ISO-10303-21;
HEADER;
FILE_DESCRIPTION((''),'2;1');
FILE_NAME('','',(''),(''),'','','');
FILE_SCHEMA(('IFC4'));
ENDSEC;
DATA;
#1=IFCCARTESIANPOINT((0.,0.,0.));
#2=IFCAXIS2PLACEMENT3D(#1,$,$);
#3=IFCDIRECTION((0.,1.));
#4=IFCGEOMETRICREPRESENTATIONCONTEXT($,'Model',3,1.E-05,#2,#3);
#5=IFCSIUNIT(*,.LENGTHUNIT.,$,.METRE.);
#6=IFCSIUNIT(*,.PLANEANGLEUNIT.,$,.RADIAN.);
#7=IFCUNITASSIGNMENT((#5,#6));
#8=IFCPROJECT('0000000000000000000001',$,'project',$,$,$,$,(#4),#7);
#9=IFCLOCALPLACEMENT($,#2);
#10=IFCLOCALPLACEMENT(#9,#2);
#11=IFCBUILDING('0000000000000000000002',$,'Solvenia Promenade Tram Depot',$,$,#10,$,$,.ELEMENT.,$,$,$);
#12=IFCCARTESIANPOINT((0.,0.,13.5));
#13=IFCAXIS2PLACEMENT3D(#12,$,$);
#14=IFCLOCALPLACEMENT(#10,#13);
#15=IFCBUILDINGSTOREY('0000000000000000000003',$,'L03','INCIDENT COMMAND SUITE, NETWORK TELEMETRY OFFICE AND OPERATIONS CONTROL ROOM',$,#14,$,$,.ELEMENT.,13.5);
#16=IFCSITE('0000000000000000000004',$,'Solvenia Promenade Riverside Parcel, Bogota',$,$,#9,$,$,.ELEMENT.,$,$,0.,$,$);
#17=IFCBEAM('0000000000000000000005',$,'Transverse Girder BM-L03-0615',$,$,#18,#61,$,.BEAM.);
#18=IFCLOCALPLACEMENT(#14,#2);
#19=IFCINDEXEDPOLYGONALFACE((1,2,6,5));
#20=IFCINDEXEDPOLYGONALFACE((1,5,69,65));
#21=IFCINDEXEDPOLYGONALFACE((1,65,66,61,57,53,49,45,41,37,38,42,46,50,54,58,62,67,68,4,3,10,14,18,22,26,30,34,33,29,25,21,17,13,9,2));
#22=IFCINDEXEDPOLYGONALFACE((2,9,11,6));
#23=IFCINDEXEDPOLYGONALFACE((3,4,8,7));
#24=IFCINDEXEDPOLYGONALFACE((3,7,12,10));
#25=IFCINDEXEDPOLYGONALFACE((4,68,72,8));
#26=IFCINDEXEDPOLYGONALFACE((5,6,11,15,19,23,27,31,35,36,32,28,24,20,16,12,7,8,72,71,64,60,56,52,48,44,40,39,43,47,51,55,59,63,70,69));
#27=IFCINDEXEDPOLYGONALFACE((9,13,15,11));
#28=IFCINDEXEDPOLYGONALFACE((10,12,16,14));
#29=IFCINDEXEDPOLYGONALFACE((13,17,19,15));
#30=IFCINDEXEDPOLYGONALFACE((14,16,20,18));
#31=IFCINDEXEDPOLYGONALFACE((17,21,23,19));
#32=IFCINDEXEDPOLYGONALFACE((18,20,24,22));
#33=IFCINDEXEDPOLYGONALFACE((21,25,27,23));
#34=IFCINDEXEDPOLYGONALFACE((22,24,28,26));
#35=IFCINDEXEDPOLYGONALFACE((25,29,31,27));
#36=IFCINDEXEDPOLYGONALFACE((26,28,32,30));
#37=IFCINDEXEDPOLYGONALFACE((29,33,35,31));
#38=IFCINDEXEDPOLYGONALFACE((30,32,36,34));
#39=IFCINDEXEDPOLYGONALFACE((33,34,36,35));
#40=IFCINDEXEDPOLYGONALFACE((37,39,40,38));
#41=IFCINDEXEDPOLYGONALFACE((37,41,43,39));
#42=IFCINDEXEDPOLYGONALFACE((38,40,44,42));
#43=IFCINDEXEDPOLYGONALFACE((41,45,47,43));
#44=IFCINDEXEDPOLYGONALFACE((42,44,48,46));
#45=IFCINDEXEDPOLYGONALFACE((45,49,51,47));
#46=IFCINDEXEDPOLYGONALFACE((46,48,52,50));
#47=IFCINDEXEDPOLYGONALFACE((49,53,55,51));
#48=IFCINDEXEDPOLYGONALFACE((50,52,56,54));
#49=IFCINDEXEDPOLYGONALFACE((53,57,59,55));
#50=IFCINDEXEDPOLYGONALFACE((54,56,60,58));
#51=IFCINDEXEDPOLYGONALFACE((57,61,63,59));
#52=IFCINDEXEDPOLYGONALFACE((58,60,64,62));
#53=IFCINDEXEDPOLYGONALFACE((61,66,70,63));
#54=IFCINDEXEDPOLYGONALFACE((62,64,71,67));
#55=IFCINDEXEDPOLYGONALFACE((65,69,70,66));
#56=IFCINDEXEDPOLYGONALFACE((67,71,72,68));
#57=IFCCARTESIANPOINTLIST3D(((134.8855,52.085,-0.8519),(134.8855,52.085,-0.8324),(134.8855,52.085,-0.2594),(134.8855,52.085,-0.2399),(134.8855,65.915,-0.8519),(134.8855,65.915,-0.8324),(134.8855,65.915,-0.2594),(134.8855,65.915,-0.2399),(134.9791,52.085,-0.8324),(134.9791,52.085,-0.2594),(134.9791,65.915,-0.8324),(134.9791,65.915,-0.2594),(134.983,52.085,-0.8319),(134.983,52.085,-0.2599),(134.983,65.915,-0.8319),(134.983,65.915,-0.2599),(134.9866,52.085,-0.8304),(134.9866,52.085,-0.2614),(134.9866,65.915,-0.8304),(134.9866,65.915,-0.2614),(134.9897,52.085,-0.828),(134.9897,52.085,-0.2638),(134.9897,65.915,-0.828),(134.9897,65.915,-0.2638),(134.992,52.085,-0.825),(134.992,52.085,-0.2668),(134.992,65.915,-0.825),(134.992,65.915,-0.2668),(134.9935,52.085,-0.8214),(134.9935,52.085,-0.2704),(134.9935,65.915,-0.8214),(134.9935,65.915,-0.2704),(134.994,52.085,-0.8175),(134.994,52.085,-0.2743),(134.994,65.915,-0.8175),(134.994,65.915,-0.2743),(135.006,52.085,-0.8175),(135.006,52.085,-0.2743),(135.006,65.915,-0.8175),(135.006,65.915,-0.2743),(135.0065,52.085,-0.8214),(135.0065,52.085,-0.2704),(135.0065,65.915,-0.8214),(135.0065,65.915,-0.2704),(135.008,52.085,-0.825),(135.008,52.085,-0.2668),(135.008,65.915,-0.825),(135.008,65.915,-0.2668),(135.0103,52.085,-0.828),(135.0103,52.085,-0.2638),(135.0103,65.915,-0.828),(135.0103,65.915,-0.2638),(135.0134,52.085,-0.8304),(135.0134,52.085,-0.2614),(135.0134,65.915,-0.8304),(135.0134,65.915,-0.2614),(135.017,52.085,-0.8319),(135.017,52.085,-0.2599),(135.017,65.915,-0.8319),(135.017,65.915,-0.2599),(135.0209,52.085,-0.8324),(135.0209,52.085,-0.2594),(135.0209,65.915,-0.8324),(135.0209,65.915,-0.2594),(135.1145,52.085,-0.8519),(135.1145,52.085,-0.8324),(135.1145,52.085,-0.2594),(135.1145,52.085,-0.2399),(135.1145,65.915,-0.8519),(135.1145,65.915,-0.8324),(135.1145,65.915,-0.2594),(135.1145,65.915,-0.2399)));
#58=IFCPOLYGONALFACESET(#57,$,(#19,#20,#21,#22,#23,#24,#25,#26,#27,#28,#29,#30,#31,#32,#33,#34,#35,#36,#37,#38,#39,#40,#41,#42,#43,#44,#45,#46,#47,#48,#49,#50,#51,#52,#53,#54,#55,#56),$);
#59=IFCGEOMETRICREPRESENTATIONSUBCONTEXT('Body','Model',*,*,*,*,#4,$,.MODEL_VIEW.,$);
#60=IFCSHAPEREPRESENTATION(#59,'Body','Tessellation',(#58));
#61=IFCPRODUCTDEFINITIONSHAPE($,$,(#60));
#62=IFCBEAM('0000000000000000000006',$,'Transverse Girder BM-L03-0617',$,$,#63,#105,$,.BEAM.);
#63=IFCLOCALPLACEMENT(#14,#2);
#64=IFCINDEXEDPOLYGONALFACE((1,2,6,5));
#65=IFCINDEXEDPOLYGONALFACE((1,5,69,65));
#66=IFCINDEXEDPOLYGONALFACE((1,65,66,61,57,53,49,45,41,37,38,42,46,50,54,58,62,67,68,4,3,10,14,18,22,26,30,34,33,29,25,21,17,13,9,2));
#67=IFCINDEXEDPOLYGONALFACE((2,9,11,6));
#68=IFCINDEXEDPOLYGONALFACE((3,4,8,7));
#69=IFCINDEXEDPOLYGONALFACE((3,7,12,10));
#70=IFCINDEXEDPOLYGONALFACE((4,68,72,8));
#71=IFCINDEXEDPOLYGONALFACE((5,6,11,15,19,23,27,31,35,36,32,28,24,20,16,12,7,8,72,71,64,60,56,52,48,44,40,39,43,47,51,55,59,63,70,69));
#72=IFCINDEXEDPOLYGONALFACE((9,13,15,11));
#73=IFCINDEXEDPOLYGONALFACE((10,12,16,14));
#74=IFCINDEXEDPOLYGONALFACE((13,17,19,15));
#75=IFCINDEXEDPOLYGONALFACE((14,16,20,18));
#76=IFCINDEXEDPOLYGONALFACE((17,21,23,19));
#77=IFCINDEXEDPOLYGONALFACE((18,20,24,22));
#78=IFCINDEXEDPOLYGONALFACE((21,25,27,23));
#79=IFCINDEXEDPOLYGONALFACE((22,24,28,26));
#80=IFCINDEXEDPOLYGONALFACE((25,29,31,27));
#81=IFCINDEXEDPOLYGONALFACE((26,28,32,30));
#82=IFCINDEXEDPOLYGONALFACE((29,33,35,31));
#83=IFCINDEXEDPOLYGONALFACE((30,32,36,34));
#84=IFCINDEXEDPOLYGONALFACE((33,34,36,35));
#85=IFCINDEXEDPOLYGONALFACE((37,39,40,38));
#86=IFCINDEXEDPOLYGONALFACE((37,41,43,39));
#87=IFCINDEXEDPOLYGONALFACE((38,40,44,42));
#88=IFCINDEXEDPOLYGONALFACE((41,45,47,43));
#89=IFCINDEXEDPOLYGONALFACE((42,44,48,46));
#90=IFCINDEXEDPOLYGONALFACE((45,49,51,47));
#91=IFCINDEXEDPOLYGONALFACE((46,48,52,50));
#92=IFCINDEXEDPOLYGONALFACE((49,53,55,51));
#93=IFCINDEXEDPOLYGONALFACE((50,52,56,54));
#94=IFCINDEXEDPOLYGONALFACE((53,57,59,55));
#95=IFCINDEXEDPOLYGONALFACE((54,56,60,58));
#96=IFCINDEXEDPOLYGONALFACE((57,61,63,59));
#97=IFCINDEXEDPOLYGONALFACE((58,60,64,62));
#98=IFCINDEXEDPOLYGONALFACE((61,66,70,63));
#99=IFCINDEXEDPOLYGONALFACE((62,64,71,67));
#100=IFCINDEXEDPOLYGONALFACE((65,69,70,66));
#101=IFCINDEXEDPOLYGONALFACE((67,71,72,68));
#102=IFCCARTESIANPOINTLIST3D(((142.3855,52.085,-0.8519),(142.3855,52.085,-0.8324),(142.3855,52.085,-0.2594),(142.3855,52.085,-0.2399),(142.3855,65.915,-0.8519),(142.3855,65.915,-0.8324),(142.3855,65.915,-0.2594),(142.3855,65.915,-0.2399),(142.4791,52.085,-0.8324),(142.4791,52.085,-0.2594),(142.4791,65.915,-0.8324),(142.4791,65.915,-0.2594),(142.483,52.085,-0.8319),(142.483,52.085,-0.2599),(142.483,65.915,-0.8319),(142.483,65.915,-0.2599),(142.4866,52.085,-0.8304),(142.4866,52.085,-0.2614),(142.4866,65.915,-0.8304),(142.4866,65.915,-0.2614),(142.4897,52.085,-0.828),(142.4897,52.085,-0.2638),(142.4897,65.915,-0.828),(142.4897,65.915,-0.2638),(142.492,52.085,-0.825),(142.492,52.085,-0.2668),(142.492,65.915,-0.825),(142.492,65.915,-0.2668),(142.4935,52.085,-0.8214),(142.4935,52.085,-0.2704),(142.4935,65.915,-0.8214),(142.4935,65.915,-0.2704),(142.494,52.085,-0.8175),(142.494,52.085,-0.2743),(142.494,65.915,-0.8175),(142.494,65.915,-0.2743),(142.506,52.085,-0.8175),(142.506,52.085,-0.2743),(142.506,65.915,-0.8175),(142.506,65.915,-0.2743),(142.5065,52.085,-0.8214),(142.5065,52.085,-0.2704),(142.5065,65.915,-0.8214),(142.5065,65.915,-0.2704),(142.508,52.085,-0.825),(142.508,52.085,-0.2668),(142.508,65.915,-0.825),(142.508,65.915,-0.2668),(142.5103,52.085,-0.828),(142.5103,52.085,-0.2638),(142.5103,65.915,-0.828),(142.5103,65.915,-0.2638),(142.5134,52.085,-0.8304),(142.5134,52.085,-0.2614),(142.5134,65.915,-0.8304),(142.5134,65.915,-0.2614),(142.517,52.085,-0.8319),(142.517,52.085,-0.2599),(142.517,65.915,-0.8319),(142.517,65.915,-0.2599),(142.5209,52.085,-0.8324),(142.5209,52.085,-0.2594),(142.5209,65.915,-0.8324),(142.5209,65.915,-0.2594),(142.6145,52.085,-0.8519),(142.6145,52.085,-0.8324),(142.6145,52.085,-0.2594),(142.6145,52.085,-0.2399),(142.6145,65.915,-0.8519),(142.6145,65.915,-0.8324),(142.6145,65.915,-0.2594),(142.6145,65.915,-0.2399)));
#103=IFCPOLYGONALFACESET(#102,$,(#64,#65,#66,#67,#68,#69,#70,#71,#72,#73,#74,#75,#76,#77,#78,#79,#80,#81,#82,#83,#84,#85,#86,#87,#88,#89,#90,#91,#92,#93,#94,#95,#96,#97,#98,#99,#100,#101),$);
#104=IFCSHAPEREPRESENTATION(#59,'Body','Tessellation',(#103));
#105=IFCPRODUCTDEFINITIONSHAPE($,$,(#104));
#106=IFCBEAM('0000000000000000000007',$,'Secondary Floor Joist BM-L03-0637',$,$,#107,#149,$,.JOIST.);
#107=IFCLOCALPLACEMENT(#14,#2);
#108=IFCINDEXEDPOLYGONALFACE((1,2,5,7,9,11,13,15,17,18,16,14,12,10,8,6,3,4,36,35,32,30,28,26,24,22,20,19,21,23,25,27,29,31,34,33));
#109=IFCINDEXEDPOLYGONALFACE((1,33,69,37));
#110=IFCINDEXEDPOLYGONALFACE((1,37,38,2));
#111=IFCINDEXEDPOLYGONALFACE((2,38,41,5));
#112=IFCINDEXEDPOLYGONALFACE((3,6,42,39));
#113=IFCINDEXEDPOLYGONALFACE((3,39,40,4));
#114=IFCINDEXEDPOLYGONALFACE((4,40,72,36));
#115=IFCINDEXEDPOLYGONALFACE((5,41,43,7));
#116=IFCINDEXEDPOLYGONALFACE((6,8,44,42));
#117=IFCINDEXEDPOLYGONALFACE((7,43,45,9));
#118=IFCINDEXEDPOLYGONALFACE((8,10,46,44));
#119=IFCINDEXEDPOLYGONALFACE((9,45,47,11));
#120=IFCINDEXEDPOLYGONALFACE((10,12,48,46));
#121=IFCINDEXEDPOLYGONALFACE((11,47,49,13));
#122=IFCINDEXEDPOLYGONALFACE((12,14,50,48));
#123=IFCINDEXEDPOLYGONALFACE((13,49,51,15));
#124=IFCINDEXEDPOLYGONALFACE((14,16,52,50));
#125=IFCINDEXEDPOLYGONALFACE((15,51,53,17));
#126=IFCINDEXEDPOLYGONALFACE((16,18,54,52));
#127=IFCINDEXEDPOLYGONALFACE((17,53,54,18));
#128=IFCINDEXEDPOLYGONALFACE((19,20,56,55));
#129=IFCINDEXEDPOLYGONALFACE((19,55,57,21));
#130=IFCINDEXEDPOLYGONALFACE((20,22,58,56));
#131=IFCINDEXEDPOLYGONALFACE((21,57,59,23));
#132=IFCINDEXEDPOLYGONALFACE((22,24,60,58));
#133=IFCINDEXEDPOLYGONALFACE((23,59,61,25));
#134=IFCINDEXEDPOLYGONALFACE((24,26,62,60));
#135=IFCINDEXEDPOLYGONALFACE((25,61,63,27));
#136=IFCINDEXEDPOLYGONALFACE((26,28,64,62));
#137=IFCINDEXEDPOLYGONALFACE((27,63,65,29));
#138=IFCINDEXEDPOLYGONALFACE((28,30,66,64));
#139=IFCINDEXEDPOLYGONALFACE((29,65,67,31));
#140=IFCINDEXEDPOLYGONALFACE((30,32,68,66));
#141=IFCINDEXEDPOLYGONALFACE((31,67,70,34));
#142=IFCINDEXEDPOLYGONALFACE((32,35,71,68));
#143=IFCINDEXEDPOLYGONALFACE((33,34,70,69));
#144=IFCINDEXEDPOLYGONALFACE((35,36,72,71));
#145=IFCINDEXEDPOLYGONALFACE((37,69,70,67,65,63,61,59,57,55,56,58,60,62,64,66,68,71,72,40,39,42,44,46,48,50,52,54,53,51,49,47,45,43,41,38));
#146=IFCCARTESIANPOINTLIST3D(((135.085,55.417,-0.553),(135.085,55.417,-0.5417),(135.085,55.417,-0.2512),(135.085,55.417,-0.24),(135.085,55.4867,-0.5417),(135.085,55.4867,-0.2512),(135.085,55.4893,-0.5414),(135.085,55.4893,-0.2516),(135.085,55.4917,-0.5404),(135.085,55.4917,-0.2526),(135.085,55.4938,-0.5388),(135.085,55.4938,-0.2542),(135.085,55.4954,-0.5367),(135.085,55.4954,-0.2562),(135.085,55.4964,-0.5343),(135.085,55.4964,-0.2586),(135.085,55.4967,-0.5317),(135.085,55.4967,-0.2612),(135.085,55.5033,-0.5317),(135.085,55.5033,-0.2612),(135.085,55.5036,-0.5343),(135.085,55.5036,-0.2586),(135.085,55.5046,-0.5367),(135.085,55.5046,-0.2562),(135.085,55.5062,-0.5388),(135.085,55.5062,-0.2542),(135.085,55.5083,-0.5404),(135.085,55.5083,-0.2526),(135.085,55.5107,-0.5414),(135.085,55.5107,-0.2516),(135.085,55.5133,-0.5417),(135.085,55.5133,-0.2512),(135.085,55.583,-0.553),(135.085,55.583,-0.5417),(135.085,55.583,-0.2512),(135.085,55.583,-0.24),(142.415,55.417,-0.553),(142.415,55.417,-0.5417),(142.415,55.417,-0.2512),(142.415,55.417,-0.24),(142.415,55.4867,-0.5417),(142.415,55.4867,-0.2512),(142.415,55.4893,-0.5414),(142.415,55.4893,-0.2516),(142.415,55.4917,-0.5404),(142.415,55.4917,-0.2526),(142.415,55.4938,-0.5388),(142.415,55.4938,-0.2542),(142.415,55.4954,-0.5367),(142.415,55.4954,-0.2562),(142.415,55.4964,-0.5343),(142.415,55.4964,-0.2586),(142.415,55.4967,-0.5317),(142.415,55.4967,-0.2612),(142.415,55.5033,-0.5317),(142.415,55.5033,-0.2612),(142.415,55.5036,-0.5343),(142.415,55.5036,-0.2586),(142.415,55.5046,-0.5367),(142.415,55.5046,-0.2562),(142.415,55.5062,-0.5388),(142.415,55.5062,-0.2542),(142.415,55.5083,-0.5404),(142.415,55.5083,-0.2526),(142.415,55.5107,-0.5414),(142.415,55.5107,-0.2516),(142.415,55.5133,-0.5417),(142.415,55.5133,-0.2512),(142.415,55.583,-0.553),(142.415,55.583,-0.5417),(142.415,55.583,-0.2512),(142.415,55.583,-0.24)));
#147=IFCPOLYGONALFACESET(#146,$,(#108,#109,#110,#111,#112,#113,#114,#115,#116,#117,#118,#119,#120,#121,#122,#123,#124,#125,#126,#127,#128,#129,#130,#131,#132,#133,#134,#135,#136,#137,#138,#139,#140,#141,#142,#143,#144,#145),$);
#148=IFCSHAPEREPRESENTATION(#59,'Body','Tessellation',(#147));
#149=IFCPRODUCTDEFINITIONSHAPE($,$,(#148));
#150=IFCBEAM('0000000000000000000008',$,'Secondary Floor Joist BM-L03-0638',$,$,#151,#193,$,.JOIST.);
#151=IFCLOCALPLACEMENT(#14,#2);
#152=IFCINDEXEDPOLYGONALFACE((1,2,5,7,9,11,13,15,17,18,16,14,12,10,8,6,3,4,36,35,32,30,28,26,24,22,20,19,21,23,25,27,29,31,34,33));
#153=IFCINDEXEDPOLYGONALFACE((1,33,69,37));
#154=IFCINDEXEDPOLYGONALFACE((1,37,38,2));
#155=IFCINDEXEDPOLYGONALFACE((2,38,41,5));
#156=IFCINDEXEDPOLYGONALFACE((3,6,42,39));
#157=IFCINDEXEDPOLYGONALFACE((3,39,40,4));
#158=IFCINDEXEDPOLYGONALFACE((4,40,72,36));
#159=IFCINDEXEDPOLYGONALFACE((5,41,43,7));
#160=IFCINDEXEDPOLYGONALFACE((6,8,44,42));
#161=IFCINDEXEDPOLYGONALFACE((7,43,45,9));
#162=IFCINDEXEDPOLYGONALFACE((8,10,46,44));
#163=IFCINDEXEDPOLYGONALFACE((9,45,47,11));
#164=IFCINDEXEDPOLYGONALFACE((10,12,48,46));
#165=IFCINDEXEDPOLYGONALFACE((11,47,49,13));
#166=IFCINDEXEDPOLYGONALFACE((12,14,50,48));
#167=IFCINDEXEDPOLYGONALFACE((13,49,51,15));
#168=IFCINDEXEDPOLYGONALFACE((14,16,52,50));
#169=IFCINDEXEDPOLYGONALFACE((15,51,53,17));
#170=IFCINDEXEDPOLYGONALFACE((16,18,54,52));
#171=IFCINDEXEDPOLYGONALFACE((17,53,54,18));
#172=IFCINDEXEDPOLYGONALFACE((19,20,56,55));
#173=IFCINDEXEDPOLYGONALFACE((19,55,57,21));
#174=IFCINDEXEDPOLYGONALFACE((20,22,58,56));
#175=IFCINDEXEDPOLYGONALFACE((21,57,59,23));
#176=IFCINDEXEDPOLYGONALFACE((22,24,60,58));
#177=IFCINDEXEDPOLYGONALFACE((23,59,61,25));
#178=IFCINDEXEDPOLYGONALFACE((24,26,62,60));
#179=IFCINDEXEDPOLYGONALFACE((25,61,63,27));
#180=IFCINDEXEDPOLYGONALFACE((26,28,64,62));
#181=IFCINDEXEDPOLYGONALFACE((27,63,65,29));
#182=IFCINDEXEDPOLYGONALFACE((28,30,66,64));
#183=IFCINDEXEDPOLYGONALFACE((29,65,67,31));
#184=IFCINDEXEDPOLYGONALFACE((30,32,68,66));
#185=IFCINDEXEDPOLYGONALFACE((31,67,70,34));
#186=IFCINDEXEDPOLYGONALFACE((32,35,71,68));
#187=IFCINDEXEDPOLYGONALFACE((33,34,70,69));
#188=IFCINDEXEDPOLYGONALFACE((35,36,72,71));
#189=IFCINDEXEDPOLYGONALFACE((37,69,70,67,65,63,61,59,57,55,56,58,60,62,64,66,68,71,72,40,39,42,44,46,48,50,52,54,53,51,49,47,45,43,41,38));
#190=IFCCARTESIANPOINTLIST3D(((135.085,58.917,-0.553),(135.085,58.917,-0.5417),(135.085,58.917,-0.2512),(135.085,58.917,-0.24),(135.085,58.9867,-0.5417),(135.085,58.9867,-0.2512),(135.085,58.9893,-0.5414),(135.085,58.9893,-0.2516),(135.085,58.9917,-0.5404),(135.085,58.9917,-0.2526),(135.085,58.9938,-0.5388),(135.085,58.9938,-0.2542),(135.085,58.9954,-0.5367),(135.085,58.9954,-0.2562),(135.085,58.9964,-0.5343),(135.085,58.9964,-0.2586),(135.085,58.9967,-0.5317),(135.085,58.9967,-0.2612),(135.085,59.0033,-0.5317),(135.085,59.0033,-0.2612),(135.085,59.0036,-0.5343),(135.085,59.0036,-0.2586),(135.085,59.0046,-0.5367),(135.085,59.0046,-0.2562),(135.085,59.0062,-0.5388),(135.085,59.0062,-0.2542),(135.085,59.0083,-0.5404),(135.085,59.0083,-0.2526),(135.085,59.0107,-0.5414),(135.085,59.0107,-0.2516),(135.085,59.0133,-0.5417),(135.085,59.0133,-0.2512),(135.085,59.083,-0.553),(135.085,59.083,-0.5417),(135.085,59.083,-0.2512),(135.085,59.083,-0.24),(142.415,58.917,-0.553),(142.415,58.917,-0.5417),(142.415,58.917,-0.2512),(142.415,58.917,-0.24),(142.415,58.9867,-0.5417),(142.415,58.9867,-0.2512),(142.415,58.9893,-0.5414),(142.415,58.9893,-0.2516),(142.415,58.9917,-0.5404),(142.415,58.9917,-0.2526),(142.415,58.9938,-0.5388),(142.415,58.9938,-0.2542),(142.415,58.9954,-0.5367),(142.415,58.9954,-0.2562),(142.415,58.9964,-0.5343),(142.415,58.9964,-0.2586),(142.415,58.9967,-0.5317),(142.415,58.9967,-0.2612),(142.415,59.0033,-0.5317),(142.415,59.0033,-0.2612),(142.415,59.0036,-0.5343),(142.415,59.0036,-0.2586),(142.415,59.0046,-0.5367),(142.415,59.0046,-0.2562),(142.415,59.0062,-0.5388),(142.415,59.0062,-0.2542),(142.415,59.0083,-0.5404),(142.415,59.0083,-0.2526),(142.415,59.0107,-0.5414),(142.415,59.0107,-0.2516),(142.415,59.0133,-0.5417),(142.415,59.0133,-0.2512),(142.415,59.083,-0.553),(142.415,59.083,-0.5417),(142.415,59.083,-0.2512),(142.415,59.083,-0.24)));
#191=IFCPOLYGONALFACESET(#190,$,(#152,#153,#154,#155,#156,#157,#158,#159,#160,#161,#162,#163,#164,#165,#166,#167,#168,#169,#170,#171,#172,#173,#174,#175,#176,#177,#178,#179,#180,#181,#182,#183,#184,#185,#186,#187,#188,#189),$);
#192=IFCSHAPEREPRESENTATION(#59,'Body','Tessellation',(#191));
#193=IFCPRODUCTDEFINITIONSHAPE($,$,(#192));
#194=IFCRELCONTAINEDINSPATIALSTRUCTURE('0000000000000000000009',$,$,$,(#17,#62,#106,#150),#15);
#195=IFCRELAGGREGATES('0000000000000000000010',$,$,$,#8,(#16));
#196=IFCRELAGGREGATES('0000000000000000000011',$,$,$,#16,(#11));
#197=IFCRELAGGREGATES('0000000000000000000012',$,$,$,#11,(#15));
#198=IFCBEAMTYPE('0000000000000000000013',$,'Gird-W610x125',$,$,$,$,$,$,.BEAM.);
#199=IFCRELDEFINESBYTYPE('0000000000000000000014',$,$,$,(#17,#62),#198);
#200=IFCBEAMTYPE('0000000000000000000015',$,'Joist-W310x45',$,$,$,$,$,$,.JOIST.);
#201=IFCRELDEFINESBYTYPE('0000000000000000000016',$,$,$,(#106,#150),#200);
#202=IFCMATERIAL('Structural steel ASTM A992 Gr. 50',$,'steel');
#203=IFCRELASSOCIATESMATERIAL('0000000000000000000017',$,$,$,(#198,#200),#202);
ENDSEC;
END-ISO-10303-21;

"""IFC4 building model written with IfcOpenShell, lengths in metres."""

from ifc_helpers import new_model, si_unit, direction, frame, origin, origin_2d, place, context, subcontext, project, spatial, i_section, extrude, material, material_profile, profile_set, type_object, element, save


model = new_model("IFC4")

# Units and contexts
model_context = context("Model", 3, precision=1e-05, world=origin(), true_north=direction((0.0, 1.0)))
body_context = subcontext(model_context, "Body", "Model", "MODEL_VIEW")
ifc_project = project(units=[si_unit("LENGTHUNIT", "METRE"), si_unit("PLANEANGLEUNIT", "RADIAN")], contexts=[model_context])

# Site, building, storey
site_placement = place(None, origin())
site = spatial("IfcSite", under=ifc_project, at=site_placement, Name="Solvenia Promenade Riverside Parcel, Bogota", CompositionType="ELEMENT", RefElevation=0.0)
building_placement = place(site_placement, origin())
building = spatial("IfcBuilding", under=site, at=building_placement, Name="Solvenia Promenade Tram Depot", CompositionType="ELEMENT")
storey_placement = place(building_placement, frame((0.0, 0.0, 13.5)))
storey = spatial("IfcBuildingStorey", under=building, at=storey_placement, Name="L03", Description="INCIDENT COMMAND SUITE, NETWORK TELEMETRY OFFICE AND OPERATIONS CONTROL ROOM", CompositionType="ELEMENT", Elevation=13.5)

# Shared definitions
ifc_material_1 = material(Name="Structural steel ASTM A992 Gr. 50", Category="steel")

# Beams
ifc_material_profile_1 = material_profile(ifc_material_1, i_section(OverallWidth=0.229, OverallDepth=0.6121, WebThickness=0.012, FlangeThickness=0.0195, FilletRadius=0.0149, at=origin_2d()), Name="W610x125", Category="steel")
ifc_profile_set_1 = profile_set([ifc_material_profile_1], Name="Structural steel ASTM A992 Gr. 50")
beam_type_1 = type_object("IfcBeamType", Name="Gird-W610x125", PredefinedType="BEAM", material=ifc_profile_set_1)
for number, where, z_axis, x_axis, name in (
    (1, (135.0, 52.085, -0.5459), (0.0, 1.0, 0.0), (-1.0, 0.0, 0.0), "Transverse Girder BM-L03-0615"),
    (2, (142.5, 52.085, -0.5459), (0.0, 1.0, 0.0), (-1.0, 0.0, 0.0), "Transverse Girder BM-L03-0617"),
):
    element("IfcBeam", number, at=place(storey_placement, frame(where, z_axis=z_axis, x_axis=x_axis)), inside=storey, type_object=beam_type_1, Name=name, PredefinedType="BEAM", context=body_context, shape_type="SweptSolid", body=[
        extrude(i_section(OverallWidth=0.229, OverallDepth=0.6121, WebThickness=0.012, FlangeThickness=0.0195, FilletRadius=0.0149, at=origin_2d()), origin(), (0.0, 0.0, 1.0), 13.8301),
    ])
ifc_material_profile_2 = material_profile(ifc_material_1, i_section(OverallWidth=0.166, OverallDepth=0.313, WebThickness=0.0066, FlangeThickness=0.0112, FilletRadius=0.01, at=origin_2d()), Name="W310x45", Category="steel")
ifc_profile_set_2 = profile_set([ifc_material_profile_2], Name="Structural steel ASTM A992 Gr. 50")
beam_type_2 = type_object("IfcBeamType", Name="Joist-W310x45", PredefinedType="JOIST", material=ifc_profile_set_2)
for number, where, z_axis, x_axis, name in (
    (3, (135.085, 55.5, -0.3965), (1.0, 0.0, 0.0), (0.0, 1.0, 0.0), "Secondary Floor Joist BM-L03-0637"),
    (4, (135.085, 59.0, -0.3965), (1.0, 0.0, 0.0), (0.0, 1.0, 0.0), "Secondary Floor Joist BM-L03-0638"),
):
    element("IfcBeam", number, at=place(storey_placement, frame(where, z_axis=z_axis, x_axis=x_axis)), inside=storey, type_object=beam_type_2, Name=name, PredefinedType="JOIST", context=body_context, shape_type="SweptSolid", body=[
        extrude(i_section(OverallWidth=0.166, OverallDepth=0.313, WebThickness=0.0066, FlangeThickness=0.0112, FilletRadius=0.01, at=origin_2d()), origin(), (0.0, 0.0, 1.0), 7.3301),
    ])

save(model, "model.ifc")
